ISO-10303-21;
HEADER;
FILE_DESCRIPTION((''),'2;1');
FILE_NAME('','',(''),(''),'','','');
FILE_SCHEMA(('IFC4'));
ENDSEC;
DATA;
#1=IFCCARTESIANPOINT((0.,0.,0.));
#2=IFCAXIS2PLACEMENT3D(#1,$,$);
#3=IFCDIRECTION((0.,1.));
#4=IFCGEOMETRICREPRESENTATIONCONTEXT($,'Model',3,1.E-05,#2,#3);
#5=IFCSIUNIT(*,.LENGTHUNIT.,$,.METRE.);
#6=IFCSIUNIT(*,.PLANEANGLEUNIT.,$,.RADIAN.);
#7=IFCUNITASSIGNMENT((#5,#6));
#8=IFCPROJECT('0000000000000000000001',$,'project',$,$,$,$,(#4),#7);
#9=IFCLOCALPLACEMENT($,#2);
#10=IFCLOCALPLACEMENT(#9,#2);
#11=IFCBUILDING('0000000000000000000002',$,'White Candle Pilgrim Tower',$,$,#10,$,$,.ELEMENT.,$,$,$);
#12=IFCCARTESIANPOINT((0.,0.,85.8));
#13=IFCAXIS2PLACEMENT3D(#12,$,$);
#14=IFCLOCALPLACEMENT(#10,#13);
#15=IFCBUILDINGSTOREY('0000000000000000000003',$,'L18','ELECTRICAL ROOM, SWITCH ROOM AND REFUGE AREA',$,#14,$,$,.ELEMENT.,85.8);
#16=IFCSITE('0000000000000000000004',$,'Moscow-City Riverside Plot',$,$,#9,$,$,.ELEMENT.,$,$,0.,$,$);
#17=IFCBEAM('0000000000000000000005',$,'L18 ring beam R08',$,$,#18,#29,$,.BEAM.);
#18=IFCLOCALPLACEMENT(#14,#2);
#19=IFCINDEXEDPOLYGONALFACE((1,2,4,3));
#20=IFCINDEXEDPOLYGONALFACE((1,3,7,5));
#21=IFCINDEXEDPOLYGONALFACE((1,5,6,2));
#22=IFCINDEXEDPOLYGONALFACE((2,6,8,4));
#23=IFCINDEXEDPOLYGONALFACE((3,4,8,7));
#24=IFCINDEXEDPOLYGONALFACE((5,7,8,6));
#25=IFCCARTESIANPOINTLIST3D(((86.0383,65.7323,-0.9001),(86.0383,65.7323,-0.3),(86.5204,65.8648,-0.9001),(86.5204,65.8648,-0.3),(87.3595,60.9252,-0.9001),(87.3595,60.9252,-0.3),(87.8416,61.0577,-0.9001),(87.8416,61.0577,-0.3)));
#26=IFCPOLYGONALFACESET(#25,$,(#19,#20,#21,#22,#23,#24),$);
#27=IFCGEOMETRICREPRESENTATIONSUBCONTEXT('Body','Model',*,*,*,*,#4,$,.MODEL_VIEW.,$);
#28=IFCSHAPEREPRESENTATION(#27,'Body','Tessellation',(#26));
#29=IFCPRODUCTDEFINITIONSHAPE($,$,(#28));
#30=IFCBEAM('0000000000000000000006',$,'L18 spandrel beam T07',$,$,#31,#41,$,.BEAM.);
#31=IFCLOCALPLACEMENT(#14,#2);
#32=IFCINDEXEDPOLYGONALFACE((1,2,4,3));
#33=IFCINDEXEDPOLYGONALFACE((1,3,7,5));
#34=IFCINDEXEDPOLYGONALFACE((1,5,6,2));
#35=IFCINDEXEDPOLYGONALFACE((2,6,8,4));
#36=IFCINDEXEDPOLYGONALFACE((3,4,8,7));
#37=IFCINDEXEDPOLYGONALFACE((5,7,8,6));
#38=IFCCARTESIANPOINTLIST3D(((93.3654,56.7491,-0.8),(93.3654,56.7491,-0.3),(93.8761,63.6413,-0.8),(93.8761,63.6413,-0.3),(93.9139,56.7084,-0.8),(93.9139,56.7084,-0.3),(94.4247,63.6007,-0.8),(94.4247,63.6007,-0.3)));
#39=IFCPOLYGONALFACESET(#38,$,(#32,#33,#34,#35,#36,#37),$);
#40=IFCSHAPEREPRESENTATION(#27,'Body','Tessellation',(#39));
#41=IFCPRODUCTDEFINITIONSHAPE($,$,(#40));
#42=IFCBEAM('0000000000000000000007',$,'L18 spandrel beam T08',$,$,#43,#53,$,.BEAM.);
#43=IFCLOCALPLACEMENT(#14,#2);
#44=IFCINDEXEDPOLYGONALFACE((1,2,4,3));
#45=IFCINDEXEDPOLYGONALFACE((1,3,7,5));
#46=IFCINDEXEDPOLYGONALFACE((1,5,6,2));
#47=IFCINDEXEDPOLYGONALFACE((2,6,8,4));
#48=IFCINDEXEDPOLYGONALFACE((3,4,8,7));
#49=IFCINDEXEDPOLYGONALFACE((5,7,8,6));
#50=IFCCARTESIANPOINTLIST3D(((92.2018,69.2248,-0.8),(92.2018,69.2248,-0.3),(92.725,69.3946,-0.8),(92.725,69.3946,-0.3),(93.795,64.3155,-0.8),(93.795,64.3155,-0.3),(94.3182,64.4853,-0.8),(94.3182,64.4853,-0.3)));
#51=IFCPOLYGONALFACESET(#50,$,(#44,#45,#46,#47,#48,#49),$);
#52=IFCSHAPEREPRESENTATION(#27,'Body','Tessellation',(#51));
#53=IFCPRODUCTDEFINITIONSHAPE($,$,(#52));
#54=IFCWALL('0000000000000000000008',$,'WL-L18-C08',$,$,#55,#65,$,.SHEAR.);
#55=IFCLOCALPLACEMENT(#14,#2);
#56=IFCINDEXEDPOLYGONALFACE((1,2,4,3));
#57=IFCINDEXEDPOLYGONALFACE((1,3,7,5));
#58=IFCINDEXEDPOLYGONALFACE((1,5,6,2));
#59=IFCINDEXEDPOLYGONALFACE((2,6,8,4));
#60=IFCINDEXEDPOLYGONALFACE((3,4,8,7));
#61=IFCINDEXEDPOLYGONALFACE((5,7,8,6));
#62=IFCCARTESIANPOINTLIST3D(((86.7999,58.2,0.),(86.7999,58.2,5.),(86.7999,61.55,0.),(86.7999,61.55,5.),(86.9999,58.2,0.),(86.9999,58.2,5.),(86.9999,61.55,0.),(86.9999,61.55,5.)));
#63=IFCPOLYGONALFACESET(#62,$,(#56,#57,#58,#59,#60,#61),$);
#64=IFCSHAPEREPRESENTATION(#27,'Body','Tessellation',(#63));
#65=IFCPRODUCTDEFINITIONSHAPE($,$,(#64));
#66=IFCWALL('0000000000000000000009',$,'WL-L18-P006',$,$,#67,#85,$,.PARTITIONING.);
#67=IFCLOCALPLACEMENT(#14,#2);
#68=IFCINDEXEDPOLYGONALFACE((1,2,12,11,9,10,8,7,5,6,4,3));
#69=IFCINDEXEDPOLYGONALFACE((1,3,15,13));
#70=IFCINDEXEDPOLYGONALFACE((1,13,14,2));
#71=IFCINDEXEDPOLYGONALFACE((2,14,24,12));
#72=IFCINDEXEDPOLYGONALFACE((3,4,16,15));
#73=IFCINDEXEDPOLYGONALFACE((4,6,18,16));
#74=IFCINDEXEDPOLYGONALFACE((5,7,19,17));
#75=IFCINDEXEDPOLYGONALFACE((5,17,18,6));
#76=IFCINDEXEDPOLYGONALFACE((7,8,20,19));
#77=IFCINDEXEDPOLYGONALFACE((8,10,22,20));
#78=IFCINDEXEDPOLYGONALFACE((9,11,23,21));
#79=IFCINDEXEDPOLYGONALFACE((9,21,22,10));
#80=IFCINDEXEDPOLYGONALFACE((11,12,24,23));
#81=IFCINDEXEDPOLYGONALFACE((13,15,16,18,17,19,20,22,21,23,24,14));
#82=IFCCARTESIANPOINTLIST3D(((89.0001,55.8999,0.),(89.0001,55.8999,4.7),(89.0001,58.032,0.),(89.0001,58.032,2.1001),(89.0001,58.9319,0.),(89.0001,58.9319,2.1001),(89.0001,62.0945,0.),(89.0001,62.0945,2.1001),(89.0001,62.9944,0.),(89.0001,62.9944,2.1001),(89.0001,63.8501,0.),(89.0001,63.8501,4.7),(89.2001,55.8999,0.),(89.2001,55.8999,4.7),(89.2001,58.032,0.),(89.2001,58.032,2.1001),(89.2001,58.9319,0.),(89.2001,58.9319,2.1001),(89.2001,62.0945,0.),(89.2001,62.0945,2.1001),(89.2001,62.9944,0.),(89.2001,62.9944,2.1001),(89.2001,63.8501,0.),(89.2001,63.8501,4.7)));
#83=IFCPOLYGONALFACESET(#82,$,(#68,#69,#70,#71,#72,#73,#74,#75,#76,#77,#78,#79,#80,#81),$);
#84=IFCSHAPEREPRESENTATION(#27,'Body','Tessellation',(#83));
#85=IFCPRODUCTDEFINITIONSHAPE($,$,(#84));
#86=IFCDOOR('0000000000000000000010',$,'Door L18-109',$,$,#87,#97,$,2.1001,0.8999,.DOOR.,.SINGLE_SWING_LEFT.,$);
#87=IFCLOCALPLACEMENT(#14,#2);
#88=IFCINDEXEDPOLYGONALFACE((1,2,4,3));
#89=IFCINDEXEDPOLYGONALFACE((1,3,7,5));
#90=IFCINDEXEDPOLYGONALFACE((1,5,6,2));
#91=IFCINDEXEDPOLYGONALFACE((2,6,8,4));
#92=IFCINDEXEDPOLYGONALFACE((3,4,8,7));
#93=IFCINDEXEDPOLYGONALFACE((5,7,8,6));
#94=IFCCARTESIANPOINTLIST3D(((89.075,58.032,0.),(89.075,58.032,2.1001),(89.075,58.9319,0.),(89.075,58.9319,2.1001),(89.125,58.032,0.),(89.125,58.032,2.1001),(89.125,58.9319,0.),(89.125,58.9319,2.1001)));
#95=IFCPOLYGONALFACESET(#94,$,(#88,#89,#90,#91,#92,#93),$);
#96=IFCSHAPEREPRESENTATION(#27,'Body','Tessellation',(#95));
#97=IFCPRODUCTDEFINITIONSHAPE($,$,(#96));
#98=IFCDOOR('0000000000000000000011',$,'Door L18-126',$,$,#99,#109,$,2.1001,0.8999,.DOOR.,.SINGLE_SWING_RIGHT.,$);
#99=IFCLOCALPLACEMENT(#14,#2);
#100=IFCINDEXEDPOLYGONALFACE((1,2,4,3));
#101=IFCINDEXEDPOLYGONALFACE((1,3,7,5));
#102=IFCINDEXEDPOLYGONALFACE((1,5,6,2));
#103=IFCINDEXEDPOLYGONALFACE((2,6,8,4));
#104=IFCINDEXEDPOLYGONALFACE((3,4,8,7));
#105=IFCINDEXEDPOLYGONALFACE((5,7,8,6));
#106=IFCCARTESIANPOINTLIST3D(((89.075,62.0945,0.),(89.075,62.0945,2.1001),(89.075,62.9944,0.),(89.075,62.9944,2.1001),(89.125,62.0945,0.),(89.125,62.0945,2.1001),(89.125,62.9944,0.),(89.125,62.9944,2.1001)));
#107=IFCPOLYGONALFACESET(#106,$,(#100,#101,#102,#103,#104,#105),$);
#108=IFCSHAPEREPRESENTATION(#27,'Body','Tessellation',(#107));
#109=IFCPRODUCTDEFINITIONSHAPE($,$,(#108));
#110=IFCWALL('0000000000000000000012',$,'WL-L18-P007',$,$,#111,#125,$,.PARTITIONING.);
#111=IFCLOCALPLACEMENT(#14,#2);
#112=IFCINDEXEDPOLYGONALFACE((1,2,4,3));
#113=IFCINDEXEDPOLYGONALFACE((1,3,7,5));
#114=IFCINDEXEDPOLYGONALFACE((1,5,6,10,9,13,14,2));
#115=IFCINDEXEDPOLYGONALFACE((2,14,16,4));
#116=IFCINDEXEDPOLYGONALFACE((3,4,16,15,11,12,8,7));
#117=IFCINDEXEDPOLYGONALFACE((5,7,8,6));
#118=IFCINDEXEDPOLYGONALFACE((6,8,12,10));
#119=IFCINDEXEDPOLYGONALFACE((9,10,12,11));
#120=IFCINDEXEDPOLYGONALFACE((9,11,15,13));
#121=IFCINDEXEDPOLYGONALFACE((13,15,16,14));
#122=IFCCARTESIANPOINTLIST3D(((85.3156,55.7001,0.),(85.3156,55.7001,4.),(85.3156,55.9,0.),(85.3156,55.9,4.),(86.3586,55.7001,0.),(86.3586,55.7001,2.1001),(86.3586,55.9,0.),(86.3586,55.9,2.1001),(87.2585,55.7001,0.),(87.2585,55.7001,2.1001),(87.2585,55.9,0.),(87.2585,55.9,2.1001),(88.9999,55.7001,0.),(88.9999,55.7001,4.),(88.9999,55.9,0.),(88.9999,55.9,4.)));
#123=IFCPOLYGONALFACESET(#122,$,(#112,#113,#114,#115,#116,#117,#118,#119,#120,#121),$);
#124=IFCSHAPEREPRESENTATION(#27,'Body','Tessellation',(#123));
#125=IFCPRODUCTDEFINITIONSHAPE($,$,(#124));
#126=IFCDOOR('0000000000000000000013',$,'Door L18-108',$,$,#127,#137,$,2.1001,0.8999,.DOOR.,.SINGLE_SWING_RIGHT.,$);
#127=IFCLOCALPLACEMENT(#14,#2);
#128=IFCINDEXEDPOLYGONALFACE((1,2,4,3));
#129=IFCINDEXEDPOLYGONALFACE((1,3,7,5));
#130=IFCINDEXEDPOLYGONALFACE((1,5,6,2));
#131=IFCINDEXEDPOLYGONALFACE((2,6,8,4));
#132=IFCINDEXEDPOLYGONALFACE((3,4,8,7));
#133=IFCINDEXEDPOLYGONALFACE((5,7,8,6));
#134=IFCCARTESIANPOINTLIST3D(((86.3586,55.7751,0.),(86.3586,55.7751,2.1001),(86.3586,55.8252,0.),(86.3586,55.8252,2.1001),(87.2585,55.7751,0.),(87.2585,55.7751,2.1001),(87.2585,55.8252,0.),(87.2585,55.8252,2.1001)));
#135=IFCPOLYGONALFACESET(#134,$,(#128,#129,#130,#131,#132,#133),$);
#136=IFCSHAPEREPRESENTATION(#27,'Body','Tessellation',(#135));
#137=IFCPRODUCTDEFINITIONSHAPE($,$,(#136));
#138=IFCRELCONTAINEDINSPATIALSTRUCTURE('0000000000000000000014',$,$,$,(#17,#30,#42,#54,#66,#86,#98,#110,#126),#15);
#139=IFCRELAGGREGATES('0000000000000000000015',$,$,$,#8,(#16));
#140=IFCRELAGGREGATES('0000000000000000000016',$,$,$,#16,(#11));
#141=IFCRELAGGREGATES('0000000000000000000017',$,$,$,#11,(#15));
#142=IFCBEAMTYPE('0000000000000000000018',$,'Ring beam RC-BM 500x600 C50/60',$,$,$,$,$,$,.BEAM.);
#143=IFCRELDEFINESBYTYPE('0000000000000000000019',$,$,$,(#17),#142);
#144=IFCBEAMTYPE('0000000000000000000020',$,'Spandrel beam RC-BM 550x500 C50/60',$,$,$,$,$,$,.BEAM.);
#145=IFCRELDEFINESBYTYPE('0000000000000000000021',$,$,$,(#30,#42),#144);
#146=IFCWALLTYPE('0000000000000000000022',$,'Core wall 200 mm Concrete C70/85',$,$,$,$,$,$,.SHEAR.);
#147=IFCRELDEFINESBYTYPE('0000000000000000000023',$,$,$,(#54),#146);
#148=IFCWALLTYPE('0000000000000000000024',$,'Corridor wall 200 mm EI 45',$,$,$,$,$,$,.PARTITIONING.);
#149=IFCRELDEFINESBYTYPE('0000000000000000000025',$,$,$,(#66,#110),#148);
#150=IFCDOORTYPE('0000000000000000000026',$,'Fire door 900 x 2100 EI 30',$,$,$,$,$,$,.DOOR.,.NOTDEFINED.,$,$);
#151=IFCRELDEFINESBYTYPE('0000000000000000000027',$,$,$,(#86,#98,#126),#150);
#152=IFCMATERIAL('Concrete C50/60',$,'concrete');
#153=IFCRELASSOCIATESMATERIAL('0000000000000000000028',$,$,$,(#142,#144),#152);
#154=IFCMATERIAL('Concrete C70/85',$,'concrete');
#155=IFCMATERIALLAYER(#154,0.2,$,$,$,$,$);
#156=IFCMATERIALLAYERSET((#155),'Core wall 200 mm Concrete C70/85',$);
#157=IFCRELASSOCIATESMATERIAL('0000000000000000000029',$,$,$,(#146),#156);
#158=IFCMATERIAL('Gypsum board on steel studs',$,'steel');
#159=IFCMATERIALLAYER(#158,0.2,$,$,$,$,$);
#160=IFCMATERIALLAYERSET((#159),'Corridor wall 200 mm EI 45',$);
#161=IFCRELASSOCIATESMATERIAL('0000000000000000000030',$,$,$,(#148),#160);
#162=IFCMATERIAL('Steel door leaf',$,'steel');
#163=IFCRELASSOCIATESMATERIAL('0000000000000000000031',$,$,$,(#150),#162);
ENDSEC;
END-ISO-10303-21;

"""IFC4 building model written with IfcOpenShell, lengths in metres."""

from ifc_helpers import new_model, si_unit, direction, frame, frame_2d, origin, origin_2d, place, context, subcontext, project, spatial, rectangle, extrude, material, layer, layer_set, material_profile, profile_set, type_object, element, fill, save


model = new_model("IFC4")

# Units and contexts
model_context = context("Model", 3, precision=1e-05, world=origin(), true_north=direction((0.0, 1.0)))
body_context = subcontext(model_context, "Body", "Model", "MODEL_VIEW")
ifc_project = project(units=[si_unit("LENGTHUNIT", "METRE"), si_unit("PLANEANGLEUNIT", "RADIAN")], contexts=[model_context])

# Site, building, storey
site_placement = place(None, origin())
site = spatial("IfcSite", under=ifc_project, at=site_placement, Name="Moscow-City Riverside Plot", CompositionType="ELEMENT", RefElevation=0.0)
building_placement = place(site_placement, origin())
building = spatial("IfcBuilding", under=site, at=building_placement, Name="White Candle Pilgrim Tower", CompositionType="ELEMENT")
storey_placement = place(building_placement, frame((0.0, 0.0, 85.8)))
storey = spatial("IfcBuildingStorey", under=building, at=storey_placement, Name="L18", Description="ELECTRICAL ROOM, SWITCH ROOM AND REFUGE AREA", CompositionType="ELEMENT", Elevation=85.8)

# Beams
ifc_material_1 = material(Name="Concrete C50/60", Category="concrete")
ifc_material_profile_1 = material_profile(ifc_material_1, rectangle(XDim=0.5, YDim=0.6001, at=origin_2d()), Name="RC-BM 500x600")
ifc_profile_set_1 = profile_set([ifc_material_profile_1], Name="Concrete C50/60")
beam_type_1 = type_object("IfcBeamType", Name="Ring beam RC-BM 500x600 C50/60", PredefinedType="BEAM", material=ifc_profile_set_1)
beam_1_placement = place(storey_placement, frame((87.6006, 60.9915, -0.6001), z_axis=(-0.265031, 0.96424, 0.0), x_axis=(-0.96424, -0.265031, 0.0)))
element("IfcBeam", 1, at=beam_1_placement, inside=storey, type_object=beam_type_1, Name="L18 ring beam R08", PredefinedType="BEAM", context=body_context, shape_type="SweptSolid", body=[
    extrude(rectangle(XDim=0.5, YDim=0.6001, at=origin_2d()), origin(), (0.0, 0.0, 1.0), 4.9854),
])
ifc_material_profile_2 = material_profile(ifc_material_1, rectangle(XDim=0.55, YDim=0.5, at=origin_2d()), Name="RC-BM 550x500")
ifc_profile_set_2 = profile_set([ifc_material_profile_2], Name="Concrete C50/60")
beam_type_2 = type_object("IfcBeamType", Name="Spandrel beam RC-BM 550x500 C50/60", PredefinedType="BEAM", material=ifc_profile_set_2)
beam_2_placement = place(storey_placement, frame((93.6396, 56.7288, -0.55), z_axis=(0.0739, 0.997266, 0.0), x_axis=(-0.997266, 0.0739, 0.0)))
element("IfcBeam", 2, at=beam_2_placement, inside=storey, type_object=beam_type_2, Name="L18 spandrel beam T07", PredefinedType="BEAM", context=body_context, shape_type="SweptSolid", body=[
    extrude(rectangle(XDim=0.55, YDim=0.5, at=origin_2d()), origin(), (0.0, 0.0, 1.0), 6.9111),
])
beam_3_placement = place(storey_placement, frame((94.0566, 64.4004, -0.55), z_axis=(-0.308683, 0.951165, 0.0), x_axis=(-0.951165, -0.308683, 0.0)))
element("IfcBeam", 3, at=beam_3_placement, inside=storey, type_object=beam_type_2, Name="L18 spandrel beam T08", PredefinedType="BEAM", context=body_context, shape_type="SweptSolid", body=[
    extrude(rectangle(XDim=0.55, YDim=0.5, at=origin_2d()), origin(), (0.0, 0.0, 1.0), 5.1614),
])

# Wall
ifc_material_2 = material(Name="Concrete C70/85", Category="concrete")
ifc_layer_1 = layer(ifc_material_2, 0.2)
ifc_layer_set_1 = layer_set([ifc_layer_1], Name="Core wall 200 mm Concrete C70/85")
wall_type_1 = type_object("IfcWallType", Name="Core wall 200 mm Concrete C70/85", PredefinedType="SHEAR", material=ifc_layer_set_1)
wall_1_placement = place(storey_placement, frame((86.8999, 58.2, 0.0), z_axis=(0.0, 0.0, 1.0), x_axis=(0.0, 1.0, 0.0)))
element("IfcWall", 4, at=wall_1_placement, inside=storey, type_object=wall_type_1, Name="WL-L18-C08", PredefinedType="SHEAR", context=body_context, shape_type="SweptSolid", body=[
    extrude(rectangle(XDim=3.3501, YDim=0.2, at=frame_2d((1.675, 0.0))), origin(), (0.0, 0.0, 1.0), 5.0),
])

# Wall, openings, doors
ifc_material_3 = material(Name="Gypsum board on steel studs", Category="steel")
ifc_layer_2 = layer(ifc_material_3, 0.2)
ifc_layer_set_2 = layer_set([ifc_layer_2], Name="Corridor wall 200 mm EI 45")
wall_type_2 = type_object("IfcWallType", Name="Corridor wall 200 mm EI 45", PredefinedType="PARTITIONING", material=ifc_layer_set_2)
wall_2_placement = place(storey_placement, frame((89.1001, 63.8501, 0.0), z_axis=(0.0, 0.0, 1.0), x_axis=(0.0, -1.0, 0.0)))
wall_2 = element("IfcWall", 5, at=wall_2_placement, inside=storey, type_object=wall_type_2, Name="WL-L18-P006", PredefinedType="PARTITIONING", context=body_context, shape_type="SweptSolid", body=[
    extrude(rectangle(XDim=7.9502, YDim=0.2, at=frame_2d((3.9751, 0.0))), origin(), (0.0, 0.0, 1.0), 4.7),
])
opening_1_placement = place(wall_2_placement, frame((4.9182, 0.0, 0.0)))
opening_1 = element("IfcOpeningElement", 6, at=opening_1_placement, cuts=wall_2, PredefinedType="OPENING", context=body_context, shape_type="SweptSolid", body=[
    extrude(rectangle(XDim=0.8999, YDim=2.1001, at=frame_2d((0.45, 1.05))), frame((0.0, 0.1099, 0.0), z_axis=(0.0, -1.0, 0.0), x_axis=(1.0, 0.0, 0.0)), (0.0, 0.0, 1.0), 0.22),
])
opening_2_placement = place(wall_2_placement, frame((0.8557, 0.0, 0.0)))
opening_2 = element("IfcOpeningElement", 7, at=opening_2_placement, cuts=wall_2, PredefinedType="OPENING", context=body_context, shape_type="SweptSolid", body=[
    extrude(rectangle(XDim=0.8999, YDim=2.1001, at=frame_2d((0.45, 1.05))), frame((0.0, 0.1099, 0.0), z_axis=(0.0, -1.0, 0.0), x_axis=(1.0, 0.0, 0.0)), (0.0, 0.0, 1.0), 0.22),
])
ifc_material_4 = material(Name="Steel door leaf", Category="steel")
door_type_1 = type_object("IfcDoorType", Name="Fire door 900 x 2100 EI 30", OperationType="NOTDEFINED", PredefinedType="DOOR", material=ifc_material_4)
door_1_placement = place(opening_1_placement, origin())
door_1 = element("IfcDoor", 8, at=door_1_placement, inside=storey, type_object=door_type_1, Name="Door L18-109", OperationType="SINGLE_SWING_LEFT", OverallHeight=2.1001, OverallWidth=0.8999, PredefinedType="DOOR", context=body_context, shape_type="SweptSolid", body=[
    extrude(rectangle(XDim=0.8999, YDim=2.1001, at=frame_2d((0.45, 1.05))), frame((0.0, 0.0249, 0.0), z_axis=(0.0, -1.0, 0.0), x_axis=(1.0, 0.0, 0.0)), (0.0, 0.0, 1.0), 0.05),
])
fill(opening_1, door_1)
door_2_placement = place(opening_2_placement, origin())
door_2 = element("IfcDoor", 9, at=door_2_placement, inside=storey, type_object=door_type_1, Name="Door L18-126", OperationType="SINGLE_SWING_RIGHT", OverallHeight=2.1001, OverallWidth=0.8999, PredefinedType="DOOR", context=body_context, shape_type="SweptSolid", body=[
    extrude(rectangle(XDim=0.8999, YDim=2.1001, at=frame_2d((0.45, 1.05))), frame((0.0, 0.0249, 0.0), z_axis=(0.0, -1.0, 0.0), x_axis=(1.0, 0.0, 0.0)), (0.0, 0.0, 1.0), 0.05),
])
fill(opening_2, door_2)

# Wall, opening, door
wall_3_placement = place(storey_placement, frame((89.0, 55.8, 0.0), z_axis=(0.0, 0.0, 1.0), x_axis=(-1.0, 0.0, 0.0)))
wall_3 = element("IfcWall", 10, at=wall_3_placement, inside=storey, type_object=wall_type_2, Name="WL-L18-P007", PredefinedType="PARTITIONING", context=body_context, shape_type="SweptSolid", body=[
    extrude(rectangle(XDim=3.6843, YDim=0.2, at=frame_2d((1.8423, 0.0))), origin(), (0.0, 0.0, 1.0), 4.0),
])
opening_3_placement = place(wall_3_placement, frame((1.7415, 0.0, 0.0)))
opening_3 = element("IfcOpeningElement", 11, at=opening_3_placement, cuts=wall_3, PredefinedType="OPENING", context=body_context, shape_type="SweptSolid", body=[
    extrude(rectangle(XDim=0.8999, YDim=2.1001, at=frame_2d((0.45, 1.05))), frame((0.0, 0.1099, 0.0), z_axis=(0.0, -1.0, 0.0), x_axis=(1.0, 0.0, 0.0)), (0.0, 0.0, 1.0), 0.22),
])
door_3_placement = place(opening_3_placement, origin())
door_3 = element("IfcDoor", 12, at=door_3_placement, inside=storey, type_object=door_type_1, Name="Door L18-108", OperationType="SINGLE_SWING_RIGHT", OverallHeight=2.1001, OverallWidth=0.8999, PredefinedType="DOOR", context=body_context, shape_type="SweptSolid", body=[
    extrude(rectangle(XDim=0.8999, YDim=2.1001, at=frame_2d((0.45, 1.05))), frame((0.0, 0.0249, 0.0), z_axis=(0.0, -1.0, 0.0), x_axis=(1.0, 0.0, 0.0)), (0.0, 0.0, 1.0), 0.05),
])
fill(opening_3, door_3)

save(model, "model.ifc")
